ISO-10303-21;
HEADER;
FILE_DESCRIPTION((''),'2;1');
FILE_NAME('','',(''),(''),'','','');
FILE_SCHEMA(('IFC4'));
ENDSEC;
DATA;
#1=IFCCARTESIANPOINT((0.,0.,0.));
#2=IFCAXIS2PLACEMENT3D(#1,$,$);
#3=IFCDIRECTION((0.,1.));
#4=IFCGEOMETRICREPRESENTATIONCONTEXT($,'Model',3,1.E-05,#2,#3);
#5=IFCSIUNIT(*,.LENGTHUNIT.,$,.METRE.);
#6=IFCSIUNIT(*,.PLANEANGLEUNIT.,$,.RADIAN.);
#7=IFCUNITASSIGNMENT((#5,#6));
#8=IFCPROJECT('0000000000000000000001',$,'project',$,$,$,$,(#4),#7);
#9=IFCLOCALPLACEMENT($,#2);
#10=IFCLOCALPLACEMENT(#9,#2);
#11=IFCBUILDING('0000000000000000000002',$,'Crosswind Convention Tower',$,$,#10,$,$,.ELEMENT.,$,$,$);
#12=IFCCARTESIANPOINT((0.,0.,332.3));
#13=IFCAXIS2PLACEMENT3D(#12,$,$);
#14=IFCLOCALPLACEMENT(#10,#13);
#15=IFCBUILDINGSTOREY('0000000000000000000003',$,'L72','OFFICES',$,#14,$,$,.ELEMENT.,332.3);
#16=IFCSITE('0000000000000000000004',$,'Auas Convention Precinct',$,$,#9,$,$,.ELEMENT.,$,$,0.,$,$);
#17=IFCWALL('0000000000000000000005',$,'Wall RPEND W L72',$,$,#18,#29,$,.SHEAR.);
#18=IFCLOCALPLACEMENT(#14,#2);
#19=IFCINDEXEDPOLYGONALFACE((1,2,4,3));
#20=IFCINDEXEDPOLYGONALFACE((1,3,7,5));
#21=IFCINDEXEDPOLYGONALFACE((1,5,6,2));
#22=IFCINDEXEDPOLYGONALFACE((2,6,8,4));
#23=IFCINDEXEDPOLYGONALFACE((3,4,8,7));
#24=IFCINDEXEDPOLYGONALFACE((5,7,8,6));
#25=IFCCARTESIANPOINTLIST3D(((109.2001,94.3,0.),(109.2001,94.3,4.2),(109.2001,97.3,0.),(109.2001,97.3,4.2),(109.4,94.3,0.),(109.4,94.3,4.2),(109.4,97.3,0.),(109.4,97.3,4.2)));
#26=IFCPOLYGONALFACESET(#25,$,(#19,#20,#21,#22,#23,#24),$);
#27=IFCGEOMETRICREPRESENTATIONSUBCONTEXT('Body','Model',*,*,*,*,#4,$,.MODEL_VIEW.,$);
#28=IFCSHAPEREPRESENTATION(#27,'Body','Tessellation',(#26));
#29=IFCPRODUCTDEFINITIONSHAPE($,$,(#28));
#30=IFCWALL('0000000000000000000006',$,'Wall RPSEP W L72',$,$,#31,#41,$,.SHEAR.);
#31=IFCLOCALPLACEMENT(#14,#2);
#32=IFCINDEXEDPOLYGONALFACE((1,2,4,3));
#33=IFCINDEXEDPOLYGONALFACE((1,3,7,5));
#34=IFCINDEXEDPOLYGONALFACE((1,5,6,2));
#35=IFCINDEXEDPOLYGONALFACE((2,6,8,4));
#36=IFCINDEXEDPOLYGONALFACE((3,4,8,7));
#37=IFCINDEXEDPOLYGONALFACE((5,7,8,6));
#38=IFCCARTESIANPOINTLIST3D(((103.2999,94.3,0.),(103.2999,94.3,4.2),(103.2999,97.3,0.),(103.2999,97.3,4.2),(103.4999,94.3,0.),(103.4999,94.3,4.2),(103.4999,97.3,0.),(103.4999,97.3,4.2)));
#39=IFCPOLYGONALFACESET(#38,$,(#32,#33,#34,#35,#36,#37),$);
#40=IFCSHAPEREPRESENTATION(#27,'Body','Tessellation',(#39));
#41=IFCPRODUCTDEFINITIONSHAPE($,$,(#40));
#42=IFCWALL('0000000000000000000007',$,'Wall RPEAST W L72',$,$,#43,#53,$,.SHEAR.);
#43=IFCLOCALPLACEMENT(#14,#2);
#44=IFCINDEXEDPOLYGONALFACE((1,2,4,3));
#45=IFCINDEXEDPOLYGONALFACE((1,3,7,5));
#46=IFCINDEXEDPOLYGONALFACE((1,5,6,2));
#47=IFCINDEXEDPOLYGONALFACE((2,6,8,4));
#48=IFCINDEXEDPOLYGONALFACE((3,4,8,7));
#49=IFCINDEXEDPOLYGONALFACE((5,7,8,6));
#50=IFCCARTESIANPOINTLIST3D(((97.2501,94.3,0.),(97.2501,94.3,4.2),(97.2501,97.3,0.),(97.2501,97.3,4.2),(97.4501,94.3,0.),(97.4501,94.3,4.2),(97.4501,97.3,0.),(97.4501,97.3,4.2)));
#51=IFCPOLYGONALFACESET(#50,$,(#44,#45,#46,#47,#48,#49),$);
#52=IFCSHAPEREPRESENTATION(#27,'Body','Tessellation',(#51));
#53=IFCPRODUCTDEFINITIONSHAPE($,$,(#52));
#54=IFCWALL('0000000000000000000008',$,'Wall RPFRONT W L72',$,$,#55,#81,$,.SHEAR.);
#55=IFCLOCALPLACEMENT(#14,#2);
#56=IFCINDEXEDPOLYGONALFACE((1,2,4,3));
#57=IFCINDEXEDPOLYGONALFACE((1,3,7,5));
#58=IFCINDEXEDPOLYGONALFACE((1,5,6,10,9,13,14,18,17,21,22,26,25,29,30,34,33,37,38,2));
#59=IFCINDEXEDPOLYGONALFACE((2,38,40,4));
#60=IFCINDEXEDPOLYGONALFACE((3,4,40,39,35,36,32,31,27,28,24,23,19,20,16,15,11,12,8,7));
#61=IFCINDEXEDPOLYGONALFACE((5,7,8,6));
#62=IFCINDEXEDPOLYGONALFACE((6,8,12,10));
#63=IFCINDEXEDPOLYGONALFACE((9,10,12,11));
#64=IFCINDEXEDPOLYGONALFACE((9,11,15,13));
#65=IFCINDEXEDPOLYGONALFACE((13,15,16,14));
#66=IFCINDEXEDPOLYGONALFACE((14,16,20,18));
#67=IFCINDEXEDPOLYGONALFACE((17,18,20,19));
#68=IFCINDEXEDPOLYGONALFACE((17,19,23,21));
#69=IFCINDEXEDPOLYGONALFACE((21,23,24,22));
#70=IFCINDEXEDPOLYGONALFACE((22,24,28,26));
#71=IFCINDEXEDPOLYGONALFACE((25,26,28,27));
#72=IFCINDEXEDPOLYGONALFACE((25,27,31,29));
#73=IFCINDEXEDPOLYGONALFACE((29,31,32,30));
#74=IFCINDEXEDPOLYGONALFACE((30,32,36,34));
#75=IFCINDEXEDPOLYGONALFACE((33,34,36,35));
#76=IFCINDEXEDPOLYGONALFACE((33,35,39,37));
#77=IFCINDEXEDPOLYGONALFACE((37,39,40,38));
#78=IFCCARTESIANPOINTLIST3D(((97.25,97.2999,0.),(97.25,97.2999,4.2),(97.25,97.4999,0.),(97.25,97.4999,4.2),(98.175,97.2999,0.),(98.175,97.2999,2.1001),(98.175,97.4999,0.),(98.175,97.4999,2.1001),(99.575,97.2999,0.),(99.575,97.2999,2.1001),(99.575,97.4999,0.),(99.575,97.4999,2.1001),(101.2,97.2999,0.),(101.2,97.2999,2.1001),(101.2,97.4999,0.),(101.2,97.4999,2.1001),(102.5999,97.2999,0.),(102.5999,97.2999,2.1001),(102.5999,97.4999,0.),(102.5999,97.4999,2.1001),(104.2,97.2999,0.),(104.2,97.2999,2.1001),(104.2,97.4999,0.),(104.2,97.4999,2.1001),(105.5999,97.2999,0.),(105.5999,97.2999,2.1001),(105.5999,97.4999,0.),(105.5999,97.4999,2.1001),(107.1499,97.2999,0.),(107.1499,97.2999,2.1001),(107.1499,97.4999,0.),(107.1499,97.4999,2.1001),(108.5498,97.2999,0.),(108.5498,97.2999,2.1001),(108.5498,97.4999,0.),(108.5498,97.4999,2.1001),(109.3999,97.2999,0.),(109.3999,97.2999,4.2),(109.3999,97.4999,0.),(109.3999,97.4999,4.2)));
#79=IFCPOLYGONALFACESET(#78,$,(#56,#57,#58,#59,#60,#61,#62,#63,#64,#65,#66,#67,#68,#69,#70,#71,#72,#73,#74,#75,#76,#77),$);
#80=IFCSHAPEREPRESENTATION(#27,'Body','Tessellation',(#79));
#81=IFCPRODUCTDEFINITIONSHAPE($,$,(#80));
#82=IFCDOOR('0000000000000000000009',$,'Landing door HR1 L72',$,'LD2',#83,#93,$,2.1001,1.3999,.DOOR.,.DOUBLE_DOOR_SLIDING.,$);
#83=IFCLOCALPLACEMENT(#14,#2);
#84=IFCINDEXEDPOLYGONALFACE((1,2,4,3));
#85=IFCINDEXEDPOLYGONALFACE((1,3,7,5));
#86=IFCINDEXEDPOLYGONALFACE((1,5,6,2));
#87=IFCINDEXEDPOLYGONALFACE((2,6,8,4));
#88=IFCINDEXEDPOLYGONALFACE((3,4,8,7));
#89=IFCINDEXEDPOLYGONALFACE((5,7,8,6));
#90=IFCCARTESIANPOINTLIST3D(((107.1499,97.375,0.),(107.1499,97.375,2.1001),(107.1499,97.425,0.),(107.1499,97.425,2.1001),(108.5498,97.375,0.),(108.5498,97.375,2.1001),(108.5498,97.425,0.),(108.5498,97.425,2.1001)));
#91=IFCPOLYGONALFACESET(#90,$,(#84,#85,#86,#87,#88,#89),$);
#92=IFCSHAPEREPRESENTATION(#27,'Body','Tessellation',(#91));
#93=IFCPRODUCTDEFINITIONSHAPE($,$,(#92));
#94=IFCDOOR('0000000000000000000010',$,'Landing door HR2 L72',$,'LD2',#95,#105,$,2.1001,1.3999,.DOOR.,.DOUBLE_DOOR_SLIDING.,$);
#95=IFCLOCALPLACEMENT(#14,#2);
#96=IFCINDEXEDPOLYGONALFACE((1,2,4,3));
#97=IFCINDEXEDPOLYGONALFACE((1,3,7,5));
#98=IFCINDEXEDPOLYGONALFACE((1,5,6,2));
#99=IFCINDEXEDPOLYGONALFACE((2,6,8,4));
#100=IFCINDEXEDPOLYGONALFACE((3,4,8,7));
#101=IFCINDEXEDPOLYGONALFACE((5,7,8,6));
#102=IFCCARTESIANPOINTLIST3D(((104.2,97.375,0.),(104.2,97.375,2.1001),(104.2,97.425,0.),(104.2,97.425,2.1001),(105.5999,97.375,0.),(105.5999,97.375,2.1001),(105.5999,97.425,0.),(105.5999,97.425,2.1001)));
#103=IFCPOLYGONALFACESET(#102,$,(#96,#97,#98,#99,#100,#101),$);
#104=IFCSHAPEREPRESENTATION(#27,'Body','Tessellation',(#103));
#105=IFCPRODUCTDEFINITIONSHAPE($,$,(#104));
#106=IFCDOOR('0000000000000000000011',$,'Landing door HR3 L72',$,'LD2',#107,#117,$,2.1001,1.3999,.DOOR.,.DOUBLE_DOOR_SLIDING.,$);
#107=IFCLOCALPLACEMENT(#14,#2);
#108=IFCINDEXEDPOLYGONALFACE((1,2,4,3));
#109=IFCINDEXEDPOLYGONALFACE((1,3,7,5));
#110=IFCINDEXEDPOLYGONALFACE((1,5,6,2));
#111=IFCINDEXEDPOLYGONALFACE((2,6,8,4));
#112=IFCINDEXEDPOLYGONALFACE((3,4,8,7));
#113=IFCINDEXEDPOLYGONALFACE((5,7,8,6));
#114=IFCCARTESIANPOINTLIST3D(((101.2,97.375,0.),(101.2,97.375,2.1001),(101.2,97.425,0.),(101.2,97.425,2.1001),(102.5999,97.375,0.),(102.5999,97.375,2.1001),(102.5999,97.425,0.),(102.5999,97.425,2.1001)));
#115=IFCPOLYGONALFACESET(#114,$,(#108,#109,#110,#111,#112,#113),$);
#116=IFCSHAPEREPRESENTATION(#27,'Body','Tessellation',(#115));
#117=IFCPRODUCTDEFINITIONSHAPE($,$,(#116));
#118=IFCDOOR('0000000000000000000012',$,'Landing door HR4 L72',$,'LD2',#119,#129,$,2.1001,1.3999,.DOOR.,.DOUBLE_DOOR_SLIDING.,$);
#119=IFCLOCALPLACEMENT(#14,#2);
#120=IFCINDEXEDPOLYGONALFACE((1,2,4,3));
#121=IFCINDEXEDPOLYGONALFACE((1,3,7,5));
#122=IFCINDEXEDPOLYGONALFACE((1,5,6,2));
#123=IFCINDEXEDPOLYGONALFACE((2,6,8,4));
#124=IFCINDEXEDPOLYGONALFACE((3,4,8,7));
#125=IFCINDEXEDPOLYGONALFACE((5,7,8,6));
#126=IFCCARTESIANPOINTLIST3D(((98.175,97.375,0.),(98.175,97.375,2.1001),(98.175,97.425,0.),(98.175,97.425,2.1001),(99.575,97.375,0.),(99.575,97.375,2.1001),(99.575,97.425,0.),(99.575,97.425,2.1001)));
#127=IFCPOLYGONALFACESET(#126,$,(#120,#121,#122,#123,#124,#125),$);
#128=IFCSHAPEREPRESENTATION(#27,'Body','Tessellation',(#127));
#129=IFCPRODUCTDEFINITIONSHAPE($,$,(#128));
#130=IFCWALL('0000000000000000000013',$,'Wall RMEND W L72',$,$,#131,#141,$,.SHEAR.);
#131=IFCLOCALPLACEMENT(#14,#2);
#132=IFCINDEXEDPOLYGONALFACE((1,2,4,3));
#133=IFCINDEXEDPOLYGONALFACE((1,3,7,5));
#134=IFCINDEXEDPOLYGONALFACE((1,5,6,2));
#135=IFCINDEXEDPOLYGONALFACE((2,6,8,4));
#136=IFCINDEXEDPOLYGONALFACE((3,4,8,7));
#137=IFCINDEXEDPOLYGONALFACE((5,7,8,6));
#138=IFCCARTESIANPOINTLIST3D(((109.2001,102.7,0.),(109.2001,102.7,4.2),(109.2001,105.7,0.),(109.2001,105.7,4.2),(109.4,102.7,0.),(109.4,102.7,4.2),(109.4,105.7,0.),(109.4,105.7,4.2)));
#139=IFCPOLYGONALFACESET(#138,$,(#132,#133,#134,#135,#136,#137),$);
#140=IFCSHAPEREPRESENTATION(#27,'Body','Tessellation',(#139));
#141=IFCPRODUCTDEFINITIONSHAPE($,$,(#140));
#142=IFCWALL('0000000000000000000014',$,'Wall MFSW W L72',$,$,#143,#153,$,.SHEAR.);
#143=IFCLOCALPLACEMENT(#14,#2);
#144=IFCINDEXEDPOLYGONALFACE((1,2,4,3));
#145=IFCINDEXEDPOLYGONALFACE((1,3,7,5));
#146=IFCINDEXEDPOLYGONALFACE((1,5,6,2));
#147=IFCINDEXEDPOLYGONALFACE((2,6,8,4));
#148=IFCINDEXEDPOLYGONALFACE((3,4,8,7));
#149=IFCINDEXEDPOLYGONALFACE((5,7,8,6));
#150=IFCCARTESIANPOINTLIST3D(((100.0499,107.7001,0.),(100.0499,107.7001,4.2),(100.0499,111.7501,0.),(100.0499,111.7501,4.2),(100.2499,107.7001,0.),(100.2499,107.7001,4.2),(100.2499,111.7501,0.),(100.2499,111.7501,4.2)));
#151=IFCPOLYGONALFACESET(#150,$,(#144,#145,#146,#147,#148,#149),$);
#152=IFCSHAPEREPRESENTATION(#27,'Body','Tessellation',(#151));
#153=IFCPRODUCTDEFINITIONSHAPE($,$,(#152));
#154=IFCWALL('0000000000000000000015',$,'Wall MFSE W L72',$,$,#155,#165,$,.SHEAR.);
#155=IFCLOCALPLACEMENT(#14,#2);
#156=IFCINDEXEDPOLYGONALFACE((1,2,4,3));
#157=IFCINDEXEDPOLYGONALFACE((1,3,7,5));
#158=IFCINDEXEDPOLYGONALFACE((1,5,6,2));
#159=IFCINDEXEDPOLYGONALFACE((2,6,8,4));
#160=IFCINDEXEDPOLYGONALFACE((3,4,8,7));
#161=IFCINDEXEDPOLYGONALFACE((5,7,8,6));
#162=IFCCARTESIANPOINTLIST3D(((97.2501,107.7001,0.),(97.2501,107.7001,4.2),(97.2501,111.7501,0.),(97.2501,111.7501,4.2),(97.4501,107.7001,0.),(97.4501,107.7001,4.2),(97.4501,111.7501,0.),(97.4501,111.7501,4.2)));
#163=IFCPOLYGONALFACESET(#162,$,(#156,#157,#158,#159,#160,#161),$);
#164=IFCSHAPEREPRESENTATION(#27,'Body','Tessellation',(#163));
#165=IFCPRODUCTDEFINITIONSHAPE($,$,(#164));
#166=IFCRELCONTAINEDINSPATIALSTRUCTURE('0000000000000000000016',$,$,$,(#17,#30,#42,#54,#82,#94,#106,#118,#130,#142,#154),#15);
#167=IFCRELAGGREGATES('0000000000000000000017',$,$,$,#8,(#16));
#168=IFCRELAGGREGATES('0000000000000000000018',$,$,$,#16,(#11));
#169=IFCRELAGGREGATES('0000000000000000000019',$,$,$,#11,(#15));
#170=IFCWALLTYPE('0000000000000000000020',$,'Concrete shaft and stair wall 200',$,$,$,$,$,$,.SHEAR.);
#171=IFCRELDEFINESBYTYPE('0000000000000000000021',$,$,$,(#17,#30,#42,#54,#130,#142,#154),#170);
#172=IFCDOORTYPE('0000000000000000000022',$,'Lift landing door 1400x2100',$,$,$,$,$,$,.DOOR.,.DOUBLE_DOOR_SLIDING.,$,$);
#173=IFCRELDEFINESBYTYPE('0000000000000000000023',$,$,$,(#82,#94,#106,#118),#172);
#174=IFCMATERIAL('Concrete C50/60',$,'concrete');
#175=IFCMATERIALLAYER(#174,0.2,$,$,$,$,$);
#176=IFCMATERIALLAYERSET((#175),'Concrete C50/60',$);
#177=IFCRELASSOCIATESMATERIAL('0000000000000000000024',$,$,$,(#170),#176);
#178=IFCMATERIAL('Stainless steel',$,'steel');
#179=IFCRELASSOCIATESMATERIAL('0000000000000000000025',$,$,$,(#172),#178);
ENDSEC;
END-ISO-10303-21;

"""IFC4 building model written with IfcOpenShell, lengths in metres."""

from ifc_helpers import new_model, si_unit, direction, frame, frame_2d, origin, place, context, subcontext, project, spatial, rectangle, extrude, material, layer, layer_set, type_object, element, fill, save


model = new_model("IFC4")

# Units and contexts
model_context = context("Model", 3, precision=1e-05, world=origin(), true_north=direction((0.0, 1.0)))
body_context = subcontext(model_context, "Body", "Model", "MODEL_VIEW")
ifc_project = project(units=[si_unit("LENGTHUNIT", "METRE"), si_unit("PLANEANGLEUNIT", "RADIAN")], contexts=[model_context])

# Site, building, storey
site_placement = place(None, origin())
site = spatial("IfcSite", under=ifc_project, at=site_placement, Name="Auas Convention Precinct", CompositionType="ELEMENT", RefElevation=0.0)
building_placement = place(site_placement, origin())
building = spatial("IfcBuilding", under=site, at=building_placement, Name="Crosswind Convention Tower", CompositionType="ELEMENT")
storey_placement = place(building_placement, frame((0.0, 0.0, 332.3)))
storey = spatial("IfcBuildingStorey", under=building, at=storey_placement, Name="L72", Description="OFFICES", CompositionType="ELEMENT", Elevation=332.3)

# Walls
ifc_material_1 = material(Name="Concrete C50/60", Category="concrete")
ifc_layer_1 = layer(ifc_material_1, 0.2)
ifc_layer_set_1 = layer_set([ifc_layer_1], Name="Concrete C50/60")
wall_type_1 = type_object("IfcWallType", Name="Concrete shaft and stair wall 200", PredefinedType="SHEAR", material=ifc_layer_set_1)
for number, where, z_axis, x_axis, name in (
    (1, (109.3, 97.3, 0.0), (0.0, 0.0, 1.0), (0.0, -1.0, 0.0), "Wall RPEND W L72"),
    (2, (103.3999, 97.3, 0.0), (0.0, 0.0, 1.0), (0.0, -1.0, 0.0), "Wall RPSEP W L72"),
    (3, (97.3501, 97.3, 0.0), (0.0, 0.0, 1.0), (0.0, -1.0, 0.0), "Wall RPEAST W L72"),
):
    element("IfcWall", number, at=place(storey_placement, frame(where, z_axis=z_axis, x_axis=x_axis)), inside=storey, type_object=wall_type_1, Name=name, PredefinedType="SHEAR", context=body_context, shape_type="SweptSolid", body=[
        extrude(rectangle(XDim=3.0, YDim=0.2, at=frame_2d((1.5, 0.0))), origin(), (0.0, 0.0, 1.0), 4.2),
    ])

# Wall, openings, doors
wall_1_placement = place(storey_placement, frame((109.3999, 97.3999, 0.0), z_axis=(0.0, 0.0, 1.0), x_axis=(-1.0, 0.0, 0.0)))
wall_1 = element("IfcWall", 4, at=wall_1_placement, inside=storey, type_object=wall_type_1, Name="Wall RPFRONT W L72", PredefinedType="SHEAR", context=body_context, shape_type="SweptSolid", body=[
    extrude(rectangle(XDim=12.1499, YDim=0.2, at=frame_2d((6.075, 0.0))), origin(), (0.0, 0.0, 1.0), 4.2),
])
opening_1_placement = place(wall_1_placement, frame((0.8501, 0.0, 0.0)))
opening_1 = element("IfcOpeningElement", 5, at=opening_1_placement, cuts=wall_1, PredefinedType="OPENING", context=body_context, shape_type="SweptSolid", body=[
    extrude(rectangle(XDim=1.3999, YDim=2.1001, at=frame_2d((0.7, 1.05))), frame((0.0, 0.1099, 0.0), z_axis=(0.0, -1.0, 0.0), x_axis=(1.0, 0.0, 0.0)), (0.0, 0.0, 1.0), 0.22),
])
opening_2_placement = place(wall_1_placement, frame((3.8, 0.0, 0.0)))
opening_2 = element("IfcOpeningElement", 6, at=opening_2_placement, cuts=wall_1, PredefinedType="OPENING", context=body_context, shape_type="SweptSolid", body=[
    extrude(rectangle(XDim=1.3999, YDim=2.1001, at=frame_2d((0.7, 1.05))), frame((0.0, 0.1099, 0.0), z_axis=(0.0, -1.0, 0.0), x_axis=(1.0, 0.0, 0.0)), (0.0, 0.0, 1.0), 0.22),
])
opening_3_placement = place(wall_1_placement, frame((6.8, 0.0, 0.0)))
opening_3 = element("IfcOpeningElement", 7, at=opening_3_placement, cuts=wall_1, PredefinedType="OPENING", context=body_context, shape_type="SweptSolid", body=[
    extrude(rectangle(XDim=1.3999, YDim=2.1001, at=frame_2d((0.7, 1.05))), frame((0.0, 0.1099, 0.0), z_axis=(0.0, -1.0, 0.0), x_axis=(1.0, 0.0, 0.0)), (0.0, 0.0, 1.0), 0.22),
])
opening_4_placement = place(wall_1_placement, frame((9.825, 0.0, 0.0)))
opening_4 = element("IfcOpeningElement", 8, at=opening_4_placement, cuts=wall_1, PredefinedType="OPENING", context=body_context, shape_type="SweptSolid", body=[
    extrude(rectangle(XDim=1.3999, YDim=2.1001, at=frame_2d((0.7, 1.05))), frame((0.0, 0.1099, 0.0), z_axis=(0.0, -1.0, 0.0), x_axis=(1.0, 0.0, 0.0)), (0.0, 0.0, 1.0), 0.22),
])
ifc_material_2 = material(Name="Stainless steel", Category="steel")
door_type_1 = type_object("IfcDoorType", Name="Lift landing door 1400x2100", OperationType="DOUBLE_DOOR_SLIDING", PredefinedType="DOOR", material=ifc_material_2)
door_1_placement = place(opening_1_placement, origin())
door_1 = element("IfcDoor", 9, at=door_1_placement, inside=storey, type_object=door_type_1, Name="Landing door HR1 L72", ObjectType="LD2", OperationType="DOUBLE_DOOR_SLIDING", OverallHeight=2.1001, OverallWidth=1.3999, PredefinedType="DOOR", context=body_context, shape_type="SweptSolid", body=[
    extrude(rectangle(XDim=1.3999, YDim=2.1001, at=frame_2d((0.7, 1.05))), frame((0.0, 0.0249, 0.0), z_axis=(0.0, -1.0, 0.0), x_axis=(1.0, 0.0, 0.0)), (0.0, 0.0, 1.0), 0.05),
])
fill(opening_1, door_1)
door_2_placement = place(opening_2_placement, origin())
door_2 = element("IfcDoor", 10, at=door_2_placement, inside=storey, type_object=door_type_1, Name="Landing door HR2 L72", ObjectType="LD2", OperationType="DOUBLE_DOOR_SLIDING", OverallHeight=2.1001, OverallWidth=1.3999, PredefinedType="DOOR", context=body_context, shape_type="SweptSolid", body=[
    extrude(rectangle(XDim=1.3999, YDim=2.1001, at=frame_2d((0.7, 1.05))), frame((0.0, 0.0249, 0.0), z_axis=(0.0, -1.0, 0.0), x_axis=(1.0, 0.0, 0.0)), (0.0, 0.0, 1.0), 0.05),
])
fill(opening_2, door_2)
door_3_placement = place(opening_3_placement, origin())
door_3 = element("IfcDoor", 11, at=door_3_placement, inside=storey, type_object=door_type_1, Name="Landing door HR3 L72", ObjectType="LD2", OperationType="DOUBLE_DOOR_SLIDING", OverallHeight=2.1001, OverallWidth=1.3999, PredefinedType="DOOR", context=body_context, shape_type="SweptSolid", body=[
    extrude(rectangle(XDim=1.3999, YDim=2.1001, at=frame_2d((0.7, 1.05))), frame((0.0, 0.0249, 0.0), z_axis=(0.0, -1.0, 0.0), x_axis=(1.0, 0.0, 0.0)), (0.0, 0.0, 1.0), 0.05),
])
fill(opening_3, door_3)
door_4_placement = place(opening_4_placement, origin())
door_4 = element("IfcDoor", 12, at=door_4_placement, inside=storey, type_object=door_type_1, Name="Landing door HR4 L72", ObjectType="LD2", OperationType="DOUBLE_DOOR_SLIDING", OverallHeight=2.1001, OverallWidth=1.3999, PredefinedType="DOOR", context=body_context, shape_type="SweptSolid", body=[
    extrude(rectangle(XDim=1.3999, YDim=2.1001, at=frame_2d((0.7, 1.05))), frame((0.0, 0.0249, 0.0), z_axis=(0.0, -1.0, 0.0), x_axis=(1.0, 0.0, 0.0)), (0.0, 0.0, 1.0), 0.05),
])
fill(opening_4, door_4)

# Walls
wall_2_placement = place(storey_placement, frame((109.3, 105.7, 0.0), z_axis=(0.0, 0.0, 1.0), x_axis=(0.0, -1.0, 0.0)))
element("IfcWall", 13, at=wall_2_placement, inside=storey, type_object=wall_type_1, Name="Wall RMEND W L72", PredefinedType="SHEAR", context=body_context, shape_type="SweptSolid", body=[
    extrude(rectangle(XDim=3.0, YDim=0.2, at=frame_2d((1.5, 0.0))), origin(), (0.0, 0.0, 1.0), 4.2),
])
for number, where, z_axis, x_axis, name in (
    (14, (100.1499, 111.75, 0.0), (0.0, 0.0, 1.0), (0.0, -1.0, 0.0), "Wall MFSW W L72"),
    (15, (97.3501, 111.75, 0.0), (0.0, 0.0, 1.0), (0.0, -1.0, 0.0), "Wall MFSE W L72"),
):
    element("IfcWall", number, at=place(storey_placement, frame(where, z_axis=z_axis, x_axis=x_axis)), inside=storey, type_object=wall_type_1, Name=name, PredefinedType="SHEAR", context=body_context, shape_type="SweptSolid", body=[
        extrude(rectangle(XDim=4.05, YDim=0.2, at=frame_2d((2.0249, 0.0))), origin(), (0.0, 0.0, 1.0), 4.2),
    ])

save(model, "model.ifc")
